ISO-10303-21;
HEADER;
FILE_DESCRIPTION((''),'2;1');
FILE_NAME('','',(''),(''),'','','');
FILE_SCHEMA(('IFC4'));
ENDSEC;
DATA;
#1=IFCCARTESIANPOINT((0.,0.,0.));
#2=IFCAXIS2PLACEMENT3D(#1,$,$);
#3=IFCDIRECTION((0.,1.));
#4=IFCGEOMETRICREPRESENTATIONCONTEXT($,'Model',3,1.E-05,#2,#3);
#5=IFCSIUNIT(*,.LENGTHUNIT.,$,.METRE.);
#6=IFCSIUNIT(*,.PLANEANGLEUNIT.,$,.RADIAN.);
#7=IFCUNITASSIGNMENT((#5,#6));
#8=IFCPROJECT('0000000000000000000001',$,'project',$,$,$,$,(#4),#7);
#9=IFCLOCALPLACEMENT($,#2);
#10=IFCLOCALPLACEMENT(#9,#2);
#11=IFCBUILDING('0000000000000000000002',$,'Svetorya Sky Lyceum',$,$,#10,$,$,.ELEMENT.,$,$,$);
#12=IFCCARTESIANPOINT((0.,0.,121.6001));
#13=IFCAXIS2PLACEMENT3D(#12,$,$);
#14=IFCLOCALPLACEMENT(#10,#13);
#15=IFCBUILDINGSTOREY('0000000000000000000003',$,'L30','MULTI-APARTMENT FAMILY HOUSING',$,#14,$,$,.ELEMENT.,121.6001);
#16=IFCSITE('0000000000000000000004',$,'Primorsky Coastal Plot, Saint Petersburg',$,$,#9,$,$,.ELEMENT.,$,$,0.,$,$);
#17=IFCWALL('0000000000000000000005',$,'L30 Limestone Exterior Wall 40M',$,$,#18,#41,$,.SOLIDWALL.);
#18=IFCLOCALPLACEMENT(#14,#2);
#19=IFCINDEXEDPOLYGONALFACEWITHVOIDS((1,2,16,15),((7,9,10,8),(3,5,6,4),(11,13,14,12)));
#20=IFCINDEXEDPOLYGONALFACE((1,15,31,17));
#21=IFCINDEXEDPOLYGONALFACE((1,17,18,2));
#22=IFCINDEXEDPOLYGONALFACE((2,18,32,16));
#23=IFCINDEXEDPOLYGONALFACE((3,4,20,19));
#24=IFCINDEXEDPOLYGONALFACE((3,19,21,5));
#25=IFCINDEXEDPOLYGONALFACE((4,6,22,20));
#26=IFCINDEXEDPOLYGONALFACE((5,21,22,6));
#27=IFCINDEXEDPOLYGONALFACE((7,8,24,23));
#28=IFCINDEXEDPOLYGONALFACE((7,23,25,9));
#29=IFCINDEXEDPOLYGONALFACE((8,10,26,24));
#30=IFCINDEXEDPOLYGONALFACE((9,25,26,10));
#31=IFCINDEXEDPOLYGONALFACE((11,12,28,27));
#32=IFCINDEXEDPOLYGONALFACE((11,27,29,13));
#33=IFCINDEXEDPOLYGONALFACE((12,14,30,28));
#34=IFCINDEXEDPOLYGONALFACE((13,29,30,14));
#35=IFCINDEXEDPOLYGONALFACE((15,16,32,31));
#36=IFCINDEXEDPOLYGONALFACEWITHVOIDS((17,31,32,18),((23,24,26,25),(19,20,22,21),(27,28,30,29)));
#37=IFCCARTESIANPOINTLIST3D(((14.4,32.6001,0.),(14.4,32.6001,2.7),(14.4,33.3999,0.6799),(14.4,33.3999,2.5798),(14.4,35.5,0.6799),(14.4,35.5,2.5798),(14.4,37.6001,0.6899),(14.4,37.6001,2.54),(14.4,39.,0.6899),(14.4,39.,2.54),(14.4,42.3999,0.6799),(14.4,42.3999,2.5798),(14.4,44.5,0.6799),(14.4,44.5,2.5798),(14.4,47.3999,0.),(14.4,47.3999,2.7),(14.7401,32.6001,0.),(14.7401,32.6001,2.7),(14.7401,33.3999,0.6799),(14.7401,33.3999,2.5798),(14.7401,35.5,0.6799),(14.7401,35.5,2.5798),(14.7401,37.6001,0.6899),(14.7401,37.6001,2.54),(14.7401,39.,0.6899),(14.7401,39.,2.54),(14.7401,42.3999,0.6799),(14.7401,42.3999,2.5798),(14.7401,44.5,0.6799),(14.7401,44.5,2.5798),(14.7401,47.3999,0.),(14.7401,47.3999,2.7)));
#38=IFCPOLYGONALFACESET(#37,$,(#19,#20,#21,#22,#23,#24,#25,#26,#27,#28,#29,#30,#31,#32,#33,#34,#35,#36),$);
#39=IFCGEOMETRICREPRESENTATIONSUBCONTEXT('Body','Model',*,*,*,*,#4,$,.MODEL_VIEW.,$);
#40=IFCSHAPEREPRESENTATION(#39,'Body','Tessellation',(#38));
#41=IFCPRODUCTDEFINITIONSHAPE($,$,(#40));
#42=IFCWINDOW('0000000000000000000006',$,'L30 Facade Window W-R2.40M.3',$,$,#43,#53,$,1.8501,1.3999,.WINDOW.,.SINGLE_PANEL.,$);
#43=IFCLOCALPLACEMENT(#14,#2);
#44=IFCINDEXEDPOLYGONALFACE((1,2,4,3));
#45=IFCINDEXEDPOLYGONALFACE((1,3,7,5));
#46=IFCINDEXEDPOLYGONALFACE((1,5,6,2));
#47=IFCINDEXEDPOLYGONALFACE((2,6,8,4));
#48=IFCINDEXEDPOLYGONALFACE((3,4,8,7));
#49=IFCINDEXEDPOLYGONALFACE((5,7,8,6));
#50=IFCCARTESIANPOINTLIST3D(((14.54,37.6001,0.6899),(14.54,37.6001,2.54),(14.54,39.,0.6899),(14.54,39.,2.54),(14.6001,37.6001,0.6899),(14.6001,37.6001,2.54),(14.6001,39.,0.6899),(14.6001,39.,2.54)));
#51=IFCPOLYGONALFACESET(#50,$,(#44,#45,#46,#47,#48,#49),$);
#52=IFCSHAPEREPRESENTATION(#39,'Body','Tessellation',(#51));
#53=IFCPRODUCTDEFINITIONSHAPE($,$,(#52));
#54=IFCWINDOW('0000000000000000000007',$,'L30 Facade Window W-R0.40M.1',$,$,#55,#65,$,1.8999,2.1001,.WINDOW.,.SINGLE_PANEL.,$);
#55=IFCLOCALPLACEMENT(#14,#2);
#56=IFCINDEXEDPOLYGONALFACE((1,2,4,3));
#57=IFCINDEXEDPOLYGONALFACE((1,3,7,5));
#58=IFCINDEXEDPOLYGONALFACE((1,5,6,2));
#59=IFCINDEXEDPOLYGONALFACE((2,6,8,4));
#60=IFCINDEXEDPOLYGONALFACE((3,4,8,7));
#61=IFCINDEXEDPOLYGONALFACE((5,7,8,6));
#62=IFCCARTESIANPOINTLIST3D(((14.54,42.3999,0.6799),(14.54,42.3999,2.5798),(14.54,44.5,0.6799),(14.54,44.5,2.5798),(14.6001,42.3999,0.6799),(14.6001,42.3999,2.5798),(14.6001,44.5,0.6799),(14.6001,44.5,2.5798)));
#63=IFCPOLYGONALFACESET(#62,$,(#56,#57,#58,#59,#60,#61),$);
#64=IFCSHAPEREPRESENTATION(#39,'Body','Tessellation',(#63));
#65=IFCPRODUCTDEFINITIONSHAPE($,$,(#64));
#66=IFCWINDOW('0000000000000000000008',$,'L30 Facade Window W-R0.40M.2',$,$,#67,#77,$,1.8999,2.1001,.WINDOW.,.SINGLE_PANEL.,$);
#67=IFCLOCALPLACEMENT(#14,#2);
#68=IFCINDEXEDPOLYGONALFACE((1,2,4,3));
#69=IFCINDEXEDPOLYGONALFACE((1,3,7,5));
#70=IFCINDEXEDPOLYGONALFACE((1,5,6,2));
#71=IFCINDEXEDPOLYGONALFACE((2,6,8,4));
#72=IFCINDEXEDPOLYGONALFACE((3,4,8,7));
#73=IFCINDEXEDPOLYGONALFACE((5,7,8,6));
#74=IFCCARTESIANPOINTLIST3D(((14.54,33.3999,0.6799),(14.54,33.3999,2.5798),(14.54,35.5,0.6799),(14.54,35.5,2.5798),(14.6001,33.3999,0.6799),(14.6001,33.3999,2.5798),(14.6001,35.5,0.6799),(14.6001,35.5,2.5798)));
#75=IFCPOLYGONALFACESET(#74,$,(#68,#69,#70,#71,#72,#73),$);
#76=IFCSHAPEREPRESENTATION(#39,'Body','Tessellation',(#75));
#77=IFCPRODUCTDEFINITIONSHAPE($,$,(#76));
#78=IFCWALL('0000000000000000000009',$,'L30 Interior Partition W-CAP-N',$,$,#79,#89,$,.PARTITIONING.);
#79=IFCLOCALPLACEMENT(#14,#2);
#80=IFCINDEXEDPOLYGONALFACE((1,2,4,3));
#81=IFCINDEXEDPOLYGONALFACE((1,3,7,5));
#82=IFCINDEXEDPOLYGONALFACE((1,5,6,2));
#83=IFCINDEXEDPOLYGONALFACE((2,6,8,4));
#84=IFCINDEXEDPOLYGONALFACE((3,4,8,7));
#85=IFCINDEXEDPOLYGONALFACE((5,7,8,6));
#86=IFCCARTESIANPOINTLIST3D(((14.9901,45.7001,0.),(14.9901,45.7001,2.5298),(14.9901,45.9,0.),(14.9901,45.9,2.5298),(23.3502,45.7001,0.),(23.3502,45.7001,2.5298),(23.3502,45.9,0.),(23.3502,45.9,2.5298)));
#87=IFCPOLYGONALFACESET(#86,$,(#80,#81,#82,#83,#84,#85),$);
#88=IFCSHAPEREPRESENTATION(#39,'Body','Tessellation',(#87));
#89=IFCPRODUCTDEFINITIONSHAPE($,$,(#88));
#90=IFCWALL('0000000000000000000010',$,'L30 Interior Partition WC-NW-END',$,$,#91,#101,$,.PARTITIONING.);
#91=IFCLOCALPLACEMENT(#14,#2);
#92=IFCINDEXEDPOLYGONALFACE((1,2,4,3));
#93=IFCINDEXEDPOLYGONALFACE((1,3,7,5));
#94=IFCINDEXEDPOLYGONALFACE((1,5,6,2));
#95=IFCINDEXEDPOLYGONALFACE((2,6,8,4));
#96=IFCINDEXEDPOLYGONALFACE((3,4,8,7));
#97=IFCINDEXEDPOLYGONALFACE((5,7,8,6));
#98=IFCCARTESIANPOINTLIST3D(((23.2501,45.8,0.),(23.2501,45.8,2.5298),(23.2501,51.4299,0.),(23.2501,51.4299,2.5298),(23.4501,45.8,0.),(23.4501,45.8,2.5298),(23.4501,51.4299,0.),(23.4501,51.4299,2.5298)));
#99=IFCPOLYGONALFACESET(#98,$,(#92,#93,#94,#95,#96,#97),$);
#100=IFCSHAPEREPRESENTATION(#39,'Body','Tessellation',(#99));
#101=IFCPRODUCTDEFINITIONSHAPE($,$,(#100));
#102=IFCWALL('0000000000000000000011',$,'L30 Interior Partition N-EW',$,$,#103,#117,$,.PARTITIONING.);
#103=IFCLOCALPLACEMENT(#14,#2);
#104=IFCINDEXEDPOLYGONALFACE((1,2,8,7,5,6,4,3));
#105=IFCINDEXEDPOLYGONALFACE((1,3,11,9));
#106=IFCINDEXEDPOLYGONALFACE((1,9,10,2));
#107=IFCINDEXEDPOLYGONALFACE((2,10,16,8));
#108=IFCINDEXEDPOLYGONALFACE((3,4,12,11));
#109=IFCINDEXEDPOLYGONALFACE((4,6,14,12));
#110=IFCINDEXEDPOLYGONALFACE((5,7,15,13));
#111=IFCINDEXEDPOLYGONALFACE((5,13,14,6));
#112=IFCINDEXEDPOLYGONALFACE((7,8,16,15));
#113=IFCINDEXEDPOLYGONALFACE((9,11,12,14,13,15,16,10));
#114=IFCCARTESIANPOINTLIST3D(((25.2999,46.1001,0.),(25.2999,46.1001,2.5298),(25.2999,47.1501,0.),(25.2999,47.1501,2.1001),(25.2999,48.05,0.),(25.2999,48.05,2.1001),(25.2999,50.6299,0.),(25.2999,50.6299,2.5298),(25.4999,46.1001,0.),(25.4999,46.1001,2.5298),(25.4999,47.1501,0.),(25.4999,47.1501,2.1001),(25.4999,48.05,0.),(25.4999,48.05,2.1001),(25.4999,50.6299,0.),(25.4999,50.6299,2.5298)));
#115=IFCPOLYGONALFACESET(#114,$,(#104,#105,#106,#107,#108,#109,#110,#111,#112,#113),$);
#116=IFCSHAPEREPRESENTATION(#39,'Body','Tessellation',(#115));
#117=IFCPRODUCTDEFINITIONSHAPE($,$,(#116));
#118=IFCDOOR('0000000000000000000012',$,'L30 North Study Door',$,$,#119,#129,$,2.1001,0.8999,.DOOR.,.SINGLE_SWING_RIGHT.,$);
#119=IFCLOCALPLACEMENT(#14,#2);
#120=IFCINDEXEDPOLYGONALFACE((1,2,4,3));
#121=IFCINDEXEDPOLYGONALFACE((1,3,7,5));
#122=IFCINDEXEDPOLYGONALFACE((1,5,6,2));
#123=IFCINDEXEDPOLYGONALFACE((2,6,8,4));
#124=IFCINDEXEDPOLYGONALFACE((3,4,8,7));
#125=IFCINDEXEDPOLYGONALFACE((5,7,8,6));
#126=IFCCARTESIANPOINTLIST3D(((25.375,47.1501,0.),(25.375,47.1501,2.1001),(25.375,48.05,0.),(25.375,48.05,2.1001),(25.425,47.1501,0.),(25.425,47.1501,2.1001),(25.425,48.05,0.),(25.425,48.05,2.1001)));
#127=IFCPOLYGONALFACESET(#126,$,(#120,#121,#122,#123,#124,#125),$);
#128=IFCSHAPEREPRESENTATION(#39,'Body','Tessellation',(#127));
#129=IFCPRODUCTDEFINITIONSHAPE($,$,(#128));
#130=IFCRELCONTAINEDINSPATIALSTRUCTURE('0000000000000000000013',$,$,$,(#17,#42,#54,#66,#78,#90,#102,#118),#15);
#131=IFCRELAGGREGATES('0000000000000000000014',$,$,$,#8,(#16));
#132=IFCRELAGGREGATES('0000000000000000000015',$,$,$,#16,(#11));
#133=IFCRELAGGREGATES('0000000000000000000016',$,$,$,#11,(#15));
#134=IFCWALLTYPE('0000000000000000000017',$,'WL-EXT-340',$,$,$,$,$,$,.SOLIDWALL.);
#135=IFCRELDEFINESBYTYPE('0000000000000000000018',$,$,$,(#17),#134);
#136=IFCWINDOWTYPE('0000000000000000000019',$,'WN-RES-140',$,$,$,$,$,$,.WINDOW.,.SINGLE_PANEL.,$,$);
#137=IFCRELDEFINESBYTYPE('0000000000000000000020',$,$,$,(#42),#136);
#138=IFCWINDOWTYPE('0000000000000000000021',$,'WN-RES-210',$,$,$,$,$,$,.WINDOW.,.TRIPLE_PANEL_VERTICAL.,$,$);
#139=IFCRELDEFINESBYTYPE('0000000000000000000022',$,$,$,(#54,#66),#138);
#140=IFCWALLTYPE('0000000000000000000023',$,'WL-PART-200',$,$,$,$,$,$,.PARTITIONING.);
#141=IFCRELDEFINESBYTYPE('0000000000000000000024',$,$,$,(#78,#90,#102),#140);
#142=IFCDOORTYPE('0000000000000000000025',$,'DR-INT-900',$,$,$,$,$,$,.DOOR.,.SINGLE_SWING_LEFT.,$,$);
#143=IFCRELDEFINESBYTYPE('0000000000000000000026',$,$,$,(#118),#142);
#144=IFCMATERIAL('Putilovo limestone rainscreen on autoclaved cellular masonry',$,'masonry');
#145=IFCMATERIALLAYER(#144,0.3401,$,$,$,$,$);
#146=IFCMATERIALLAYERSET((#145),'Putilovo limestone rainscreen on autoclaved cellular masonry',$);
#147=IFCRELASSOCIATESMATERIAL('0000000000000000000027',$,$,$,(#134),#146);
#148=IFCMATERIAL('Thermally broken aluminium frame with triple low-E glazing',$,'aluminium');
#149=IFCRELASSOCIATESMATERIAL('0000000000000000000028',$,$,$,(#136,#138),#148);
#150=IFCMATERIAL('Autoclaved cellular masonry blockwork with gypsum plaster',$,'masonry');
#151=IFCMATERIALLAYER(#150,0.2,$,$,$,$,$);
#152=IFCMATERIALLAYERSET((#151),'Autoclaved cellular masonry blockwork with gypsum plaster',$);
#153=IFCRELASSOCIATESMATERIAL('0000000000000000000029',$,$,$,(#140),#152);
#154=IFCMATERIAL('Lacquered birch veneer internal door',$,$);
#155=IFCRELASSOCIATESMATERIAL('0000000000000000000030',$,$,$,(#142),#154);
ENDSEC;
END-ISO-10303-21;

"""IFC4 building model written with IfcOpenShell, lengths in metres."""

from ifc_helpers import new_model, si_unit, direction, frame, frame_2d, origin, place, context, subcontext, project, spatial, rectangle, extrude, material, layer, layer_set, type_object, element, fill, save


model = new_model("IFC4")

# Units and contexts
model_context = context("Model", 3, precision=1e-05, world=origin(), true_north=direction((0.0, 1.0)))
body_context = subcontext(model_context, "Body", "Model", "MODEL_VIEW")
ifc_project = project(units=[si_unit("LENGTHUNIT", "METRE"), si_unit("PLANEANGLEUNIT", "RADIAN")], contexts=[model_context])

# Site, building, storey
site_placement = place(None, origin())
site = spatial("IfcSite", under=ifc_project, at=site_placement, Name="Primorsky Coastal Plot, Saint Petersburg", CompositionType="ELEMENT", RefElevation=0.0)
building_placement = place(site_placement, origin())
building = spatial("IfcBuilding", under=site, at=building_placement, Name="Svetorya Sky Lyceum", CompositionType="ELEMENT")
storey_placement = place(building_placement, frame((0.0, 0.0, 121.6001)))
storey = spatial("IfcBuildingStorey", under=building, at=storey_placement, Name="L30", Description="MULTI-APARTMENT FAMILY HOUSING", CompositionType="ELEMENT", Elevation=121.6001)

# Shared definitions
ifc_material_1 = material(Name="Putilovo limestone rainscreen on autoclaved cellular masonry", Category="masonry")
ifc_layer_1 = layer(ifc_material_1, 0.3401)
ifc_layer_set_1 = layer_set([ifc_layer_1], Name="Putilovo limestone rainscreen on autoclaved cellular masonry")
wall_type_1 = type_object("IfcWallType", Name="WL-EXT-340", PredefinedType="SOLIDWALL", material=ifc_layer_set_1)

# Wall, openings, windows
wall_1_placement = place(storey_placement, frame((14.5701, 47.3999, 0.0), z_axis=(0.0, 0.0, 1.0), x_axis=(0.0, -1.0, 0.0)))
wall_1 = element("IfcWall", 1, at=wall_1_placement, inside=storey, type_object=wall_type_1, Name="L30 Limestone Exterior Wall 40M", PredefinedType="SOLIDWALL", context=body_context, shape_type="SweptSolid", body=[
    extrude(rectangle(XDim=14.7998, YDim=0.3401, at=frame_2d((7.3999, 0.0))), origin(), (0.0, 0.0, 1.0), 2.7),
])
opening_1_placement = place(wall_1_placement, frame((2.8999, 0.0, 0.6799)))
opening_1 = element("IfcOpeningElement", 2, at=opening_1_placement, cuts=wall_1, PredefinedType="OPENING", context=body_context, shape_type="SweptSolid", body=[
    extrude(rectangle(XDim=2.1001, YDim=1.8999, at=frame_2d((1.05, 0.95))), frame((0.0, 0.1799, 0.0), z_axis=(0.0, -1.0, 0.0), x_axis=(1.0, 0.0, 0.0)), (0.0, 0.0, 1.0), 0.3601),
])
opening_2_placement = place(wall_1_placement, frame((8.3999, 0.0, 0.6899)))
opening_2 = element("IfcOpeningElement", 3, at=opening_2_placement, cuts=wall_1, PredefinedType="OPENING", context=body_context, shape_type="SweptSolid", body=[
    extrude(rectangle(XDim=1.3999, YDim=1.8501, at=frame_2d((0.7, 0.925))), frame((0.0, 0.1799, 0.0), z_axis=(0.0, -1.0, 0.0), x_axis=(1.0, 0.0, 0.0)), (0.0, 0.0, 1.0), 0.3601),
])
opening_3_placement = place(wall_1_placement, frame((11.8999, 0.0, 0.6799)))
opening_3 = element("IfcOpeningElement", 4, at=opening_3_placement, cuts=wall_1, PredefinedType="OPENING", context=body_context, shape_type="SweptSolid", body=[
    extrude(rectangle(XDim=2.1001, YDim=1.8999, at=frame_2d((1.05, 0.95))), frame((0.0, 0.1799, 0.0), z_axis=(0.0, -1.0, 0.0), x_axis=(1.0, 0.0, 0.0)), (0.0, 0.0, 1.0), 0.3601),
])
ifc_material_2 = material(Name="Thermally broken aluminium frame with triple low-E glazing", Category="aluminium")
window_type_1 = type_object("IfcWindowType", Name="WN-RES-140", PartitioningType="SINGLE_PANEL", PredefinedType="WINDOW", material=ifc_material_2)
window_1_placement = place(opening_2_placement, origin())
window_1 = element("IfcWindow", 5, at=window_1_placement, inside=storey, type_object=window_type_1, Name="L30 Facade Window W-R2.40M.3", OverallHeight=1.8501, OverallWidth=1.3999, PartitioningType="SINGLE_PANEL", PredefinedType="WINDOW", context=body_context, shape_type="SweptSolid", body=[
    extrude(rectangle(XDim=1.3999, YDim=1.8501, at=frame_2d((0.7, 0.925))), frame((0.0, 0.03, 0.0), z_axis=(0.0, -1.0, 0.0), x_axis=(1.0, 0.0, 0.0)), (0.0, 0.0, 1.0), 0.0601),
])
fill(opening_2, window_1)
window_type_2 = type_object("IfcWindowType", Name="WN-RES-210", PartitioningType="TRIPLE_PANEL_VERTICAL", PredefinedType="WINDOW", material=ifc_material_2)
window_2_placement = place(opening_1_placement, origin())
window_2 = element("IfcWindow", 6, at=window_2_placement, inside=storey, type_object=window_type_2, Name="L30 Facade Window W-R0.40M.1", OverallHeight=1.8999, OverallWidth=2.1001, PartitioningType="SINGLE_PANEL", PredefinedType="WINDOW", context=body_context, shape_type="SweptSolid", body=[
    extrude(rectangle(XDim=2.1001, YDim=1.8999, at=frame_2d((1.05, 0.95))), frame((0.0, 0.03, 0.0), z_axis=(0.0, -1.0, 0.0), x_axis=(1.0, 0.0, 0.0)), (0.0, 0.0, 1.0), 0.0601),
])
fill(opening_1, window_2)
window_3_placement = place(opening_3_placement, origin())
window_3 = element("IfcWindow", 7, at=window_3_placement, inside=storey, type_object=window_type_2, Name="L30 Facade Window W-R0.40M.2", OverallHeight=1.8999, OverallWidth=2.1001, PartitioningType="SINGLE_PANEL", PredefinedType="WINDOW", context=body_context, shape_type="SweptSolid", body=[
    extrude(rectangle(XDim=2.1001, YDim=1.8999, at=frame_2d((1.05, 0.95))), frame((0.0, 0.03, 0.0), z_axis=(0.0, -1.0, 0.0), x_axis=(1.0, 0.0, 0.0)), (0.0, 0.0, 1.0), 0.0601),
])
fill(opening_3, window_3)

# Walls
ifc_material_3 = material(Name="Autoclaved cellular masonry blockwork with gypsum plaster", Category="masonry")
ifc_layer_2 = layer(ifc_material_3, 0.2)
ifc_layer_set_2 = layer_set([ifc_layer_2], Name="Autoclaved cellular masonry blockwork with gypsum plaster")
wall_type_2 = type_object("IfcWallType", Name="WL-PART-200", PredefinedType="PARTITIONING", material=ifc_layer_set_2)
wall_2_placement = place(storey_placement, frame((14.99, 45.8, 0.0), z_axis=(0.0, 0.0, 1.0), x_axis=(1.0, 0.0, 0.0)))
element("IfcWall", 8, at=wall_2_placement, inside=storey, type_object=wall_type_2, Name="L30 Interior Partition W-CAP-N", PredefinedType="PARTITIONING", context=body_context, shape_type="SweptSolid", body=[
    extrude(rectangle(XDim=8.3601, YDim=0.2, at=frame_2d((4.1802, 0.0))), origin(), (0.0, 0.0, 1.0), 2.5298),
])
wall_3_placement = place(storey_placement, frame((23.3501, 45.8, 0.0), z_axis=(0.0, 0.0, 1.0), x_axis=(0.0, 1.0, 0.0)))
element("IfcWall", 9, at=wall_3_placement, inside=storey, type_object=wall_type_2, Name="L30 Interior Partition WC-NW-END", PredefinedType="PARTITIONING", context=body_context, shape_type="SweptSolid", body=[
    extrude(rectangle(XDim=5.6299, YDim=0.2, at=frame_2d((2.8149, 0.0))), origin(), (0.0, 0.0, 1.0), 2.5298),
])

# Wall, opening, door
wall_4_placement = place(storey_placement, frame((25.3999, 46.1001, 0.0), z_axis=(0.0, 0.0, 1.0), x_axis=(0.0, 1.0, 0.0)))
wall_4 = element("IfcWall", 10, at=wall_4_placement, inside=storey, type_object=wall_type_2, Name="L30 Interior Partition N-EW", PredefinedType="PARTITIONING", context=body_context, shape_type="SweptSolid", body=[
    extrude(rectangle(XDim=4.5298, YDim=0.2, at=frame_2d((2.2649, 0.0))), origin(), (0.0, 0.0, 1.0), 2.5298),
])
opening_4_placement = place(wall_4_placement, frame((1.05, 0.0, 0.0)))
opening_4 = element("IfcOpeningElement", 11, at=opening_4_placement, cuts=wall_4, PredefinedType="OPENING", context=body_context, shape_type="SweptSolid", body=[
    extrude(rectangle(XDim=0.8999, YDim=2.1001, at=frame_2d((0.45, 1.05))), frame((0.0, 0.1099, 0.0), z_axis=(0.0, -1.0, 0.0), x_axis=(1.0, 0.0, 0.0)), (0.0, 0.0, 1.0), 0.22),
])
ifc_material_4 = material(Name="Lacquered birch veneer internal door")
door_type = type_object("IfcDoorType", Name="DR-INT-900", OperationType="SINGLE_SWING_LEFT", PredefinedType="DOOR", material=ifc_material_4)
door_placement = place(opening_4_placement, origin())
door = element("IfcDoor", 12, at=door_placement, inside=storey, type_object=door_type, Name="L30 North Study Door", OperationType="SINGLE_SWING_RIGHT", OverallHeight=2.1001, OverallWidth=0.8999, PredefinedType="DOOR", context=body_context, shape_type="SweptSolid", body=[
    extrude(rectangle(XDim=0.8999, YDim=2.1001, at=frame_2d((0.45, 1.05))), frame((0.0, 0.0249, 0.0), z_axis=(0.0, -1.0, 0.0), x_axis=(1.0, 0.0, 0.0)), (0.0, 0.0, 1.0), 0.05),
])
fill(opening_4, door)

save(model, "model.ifc")
